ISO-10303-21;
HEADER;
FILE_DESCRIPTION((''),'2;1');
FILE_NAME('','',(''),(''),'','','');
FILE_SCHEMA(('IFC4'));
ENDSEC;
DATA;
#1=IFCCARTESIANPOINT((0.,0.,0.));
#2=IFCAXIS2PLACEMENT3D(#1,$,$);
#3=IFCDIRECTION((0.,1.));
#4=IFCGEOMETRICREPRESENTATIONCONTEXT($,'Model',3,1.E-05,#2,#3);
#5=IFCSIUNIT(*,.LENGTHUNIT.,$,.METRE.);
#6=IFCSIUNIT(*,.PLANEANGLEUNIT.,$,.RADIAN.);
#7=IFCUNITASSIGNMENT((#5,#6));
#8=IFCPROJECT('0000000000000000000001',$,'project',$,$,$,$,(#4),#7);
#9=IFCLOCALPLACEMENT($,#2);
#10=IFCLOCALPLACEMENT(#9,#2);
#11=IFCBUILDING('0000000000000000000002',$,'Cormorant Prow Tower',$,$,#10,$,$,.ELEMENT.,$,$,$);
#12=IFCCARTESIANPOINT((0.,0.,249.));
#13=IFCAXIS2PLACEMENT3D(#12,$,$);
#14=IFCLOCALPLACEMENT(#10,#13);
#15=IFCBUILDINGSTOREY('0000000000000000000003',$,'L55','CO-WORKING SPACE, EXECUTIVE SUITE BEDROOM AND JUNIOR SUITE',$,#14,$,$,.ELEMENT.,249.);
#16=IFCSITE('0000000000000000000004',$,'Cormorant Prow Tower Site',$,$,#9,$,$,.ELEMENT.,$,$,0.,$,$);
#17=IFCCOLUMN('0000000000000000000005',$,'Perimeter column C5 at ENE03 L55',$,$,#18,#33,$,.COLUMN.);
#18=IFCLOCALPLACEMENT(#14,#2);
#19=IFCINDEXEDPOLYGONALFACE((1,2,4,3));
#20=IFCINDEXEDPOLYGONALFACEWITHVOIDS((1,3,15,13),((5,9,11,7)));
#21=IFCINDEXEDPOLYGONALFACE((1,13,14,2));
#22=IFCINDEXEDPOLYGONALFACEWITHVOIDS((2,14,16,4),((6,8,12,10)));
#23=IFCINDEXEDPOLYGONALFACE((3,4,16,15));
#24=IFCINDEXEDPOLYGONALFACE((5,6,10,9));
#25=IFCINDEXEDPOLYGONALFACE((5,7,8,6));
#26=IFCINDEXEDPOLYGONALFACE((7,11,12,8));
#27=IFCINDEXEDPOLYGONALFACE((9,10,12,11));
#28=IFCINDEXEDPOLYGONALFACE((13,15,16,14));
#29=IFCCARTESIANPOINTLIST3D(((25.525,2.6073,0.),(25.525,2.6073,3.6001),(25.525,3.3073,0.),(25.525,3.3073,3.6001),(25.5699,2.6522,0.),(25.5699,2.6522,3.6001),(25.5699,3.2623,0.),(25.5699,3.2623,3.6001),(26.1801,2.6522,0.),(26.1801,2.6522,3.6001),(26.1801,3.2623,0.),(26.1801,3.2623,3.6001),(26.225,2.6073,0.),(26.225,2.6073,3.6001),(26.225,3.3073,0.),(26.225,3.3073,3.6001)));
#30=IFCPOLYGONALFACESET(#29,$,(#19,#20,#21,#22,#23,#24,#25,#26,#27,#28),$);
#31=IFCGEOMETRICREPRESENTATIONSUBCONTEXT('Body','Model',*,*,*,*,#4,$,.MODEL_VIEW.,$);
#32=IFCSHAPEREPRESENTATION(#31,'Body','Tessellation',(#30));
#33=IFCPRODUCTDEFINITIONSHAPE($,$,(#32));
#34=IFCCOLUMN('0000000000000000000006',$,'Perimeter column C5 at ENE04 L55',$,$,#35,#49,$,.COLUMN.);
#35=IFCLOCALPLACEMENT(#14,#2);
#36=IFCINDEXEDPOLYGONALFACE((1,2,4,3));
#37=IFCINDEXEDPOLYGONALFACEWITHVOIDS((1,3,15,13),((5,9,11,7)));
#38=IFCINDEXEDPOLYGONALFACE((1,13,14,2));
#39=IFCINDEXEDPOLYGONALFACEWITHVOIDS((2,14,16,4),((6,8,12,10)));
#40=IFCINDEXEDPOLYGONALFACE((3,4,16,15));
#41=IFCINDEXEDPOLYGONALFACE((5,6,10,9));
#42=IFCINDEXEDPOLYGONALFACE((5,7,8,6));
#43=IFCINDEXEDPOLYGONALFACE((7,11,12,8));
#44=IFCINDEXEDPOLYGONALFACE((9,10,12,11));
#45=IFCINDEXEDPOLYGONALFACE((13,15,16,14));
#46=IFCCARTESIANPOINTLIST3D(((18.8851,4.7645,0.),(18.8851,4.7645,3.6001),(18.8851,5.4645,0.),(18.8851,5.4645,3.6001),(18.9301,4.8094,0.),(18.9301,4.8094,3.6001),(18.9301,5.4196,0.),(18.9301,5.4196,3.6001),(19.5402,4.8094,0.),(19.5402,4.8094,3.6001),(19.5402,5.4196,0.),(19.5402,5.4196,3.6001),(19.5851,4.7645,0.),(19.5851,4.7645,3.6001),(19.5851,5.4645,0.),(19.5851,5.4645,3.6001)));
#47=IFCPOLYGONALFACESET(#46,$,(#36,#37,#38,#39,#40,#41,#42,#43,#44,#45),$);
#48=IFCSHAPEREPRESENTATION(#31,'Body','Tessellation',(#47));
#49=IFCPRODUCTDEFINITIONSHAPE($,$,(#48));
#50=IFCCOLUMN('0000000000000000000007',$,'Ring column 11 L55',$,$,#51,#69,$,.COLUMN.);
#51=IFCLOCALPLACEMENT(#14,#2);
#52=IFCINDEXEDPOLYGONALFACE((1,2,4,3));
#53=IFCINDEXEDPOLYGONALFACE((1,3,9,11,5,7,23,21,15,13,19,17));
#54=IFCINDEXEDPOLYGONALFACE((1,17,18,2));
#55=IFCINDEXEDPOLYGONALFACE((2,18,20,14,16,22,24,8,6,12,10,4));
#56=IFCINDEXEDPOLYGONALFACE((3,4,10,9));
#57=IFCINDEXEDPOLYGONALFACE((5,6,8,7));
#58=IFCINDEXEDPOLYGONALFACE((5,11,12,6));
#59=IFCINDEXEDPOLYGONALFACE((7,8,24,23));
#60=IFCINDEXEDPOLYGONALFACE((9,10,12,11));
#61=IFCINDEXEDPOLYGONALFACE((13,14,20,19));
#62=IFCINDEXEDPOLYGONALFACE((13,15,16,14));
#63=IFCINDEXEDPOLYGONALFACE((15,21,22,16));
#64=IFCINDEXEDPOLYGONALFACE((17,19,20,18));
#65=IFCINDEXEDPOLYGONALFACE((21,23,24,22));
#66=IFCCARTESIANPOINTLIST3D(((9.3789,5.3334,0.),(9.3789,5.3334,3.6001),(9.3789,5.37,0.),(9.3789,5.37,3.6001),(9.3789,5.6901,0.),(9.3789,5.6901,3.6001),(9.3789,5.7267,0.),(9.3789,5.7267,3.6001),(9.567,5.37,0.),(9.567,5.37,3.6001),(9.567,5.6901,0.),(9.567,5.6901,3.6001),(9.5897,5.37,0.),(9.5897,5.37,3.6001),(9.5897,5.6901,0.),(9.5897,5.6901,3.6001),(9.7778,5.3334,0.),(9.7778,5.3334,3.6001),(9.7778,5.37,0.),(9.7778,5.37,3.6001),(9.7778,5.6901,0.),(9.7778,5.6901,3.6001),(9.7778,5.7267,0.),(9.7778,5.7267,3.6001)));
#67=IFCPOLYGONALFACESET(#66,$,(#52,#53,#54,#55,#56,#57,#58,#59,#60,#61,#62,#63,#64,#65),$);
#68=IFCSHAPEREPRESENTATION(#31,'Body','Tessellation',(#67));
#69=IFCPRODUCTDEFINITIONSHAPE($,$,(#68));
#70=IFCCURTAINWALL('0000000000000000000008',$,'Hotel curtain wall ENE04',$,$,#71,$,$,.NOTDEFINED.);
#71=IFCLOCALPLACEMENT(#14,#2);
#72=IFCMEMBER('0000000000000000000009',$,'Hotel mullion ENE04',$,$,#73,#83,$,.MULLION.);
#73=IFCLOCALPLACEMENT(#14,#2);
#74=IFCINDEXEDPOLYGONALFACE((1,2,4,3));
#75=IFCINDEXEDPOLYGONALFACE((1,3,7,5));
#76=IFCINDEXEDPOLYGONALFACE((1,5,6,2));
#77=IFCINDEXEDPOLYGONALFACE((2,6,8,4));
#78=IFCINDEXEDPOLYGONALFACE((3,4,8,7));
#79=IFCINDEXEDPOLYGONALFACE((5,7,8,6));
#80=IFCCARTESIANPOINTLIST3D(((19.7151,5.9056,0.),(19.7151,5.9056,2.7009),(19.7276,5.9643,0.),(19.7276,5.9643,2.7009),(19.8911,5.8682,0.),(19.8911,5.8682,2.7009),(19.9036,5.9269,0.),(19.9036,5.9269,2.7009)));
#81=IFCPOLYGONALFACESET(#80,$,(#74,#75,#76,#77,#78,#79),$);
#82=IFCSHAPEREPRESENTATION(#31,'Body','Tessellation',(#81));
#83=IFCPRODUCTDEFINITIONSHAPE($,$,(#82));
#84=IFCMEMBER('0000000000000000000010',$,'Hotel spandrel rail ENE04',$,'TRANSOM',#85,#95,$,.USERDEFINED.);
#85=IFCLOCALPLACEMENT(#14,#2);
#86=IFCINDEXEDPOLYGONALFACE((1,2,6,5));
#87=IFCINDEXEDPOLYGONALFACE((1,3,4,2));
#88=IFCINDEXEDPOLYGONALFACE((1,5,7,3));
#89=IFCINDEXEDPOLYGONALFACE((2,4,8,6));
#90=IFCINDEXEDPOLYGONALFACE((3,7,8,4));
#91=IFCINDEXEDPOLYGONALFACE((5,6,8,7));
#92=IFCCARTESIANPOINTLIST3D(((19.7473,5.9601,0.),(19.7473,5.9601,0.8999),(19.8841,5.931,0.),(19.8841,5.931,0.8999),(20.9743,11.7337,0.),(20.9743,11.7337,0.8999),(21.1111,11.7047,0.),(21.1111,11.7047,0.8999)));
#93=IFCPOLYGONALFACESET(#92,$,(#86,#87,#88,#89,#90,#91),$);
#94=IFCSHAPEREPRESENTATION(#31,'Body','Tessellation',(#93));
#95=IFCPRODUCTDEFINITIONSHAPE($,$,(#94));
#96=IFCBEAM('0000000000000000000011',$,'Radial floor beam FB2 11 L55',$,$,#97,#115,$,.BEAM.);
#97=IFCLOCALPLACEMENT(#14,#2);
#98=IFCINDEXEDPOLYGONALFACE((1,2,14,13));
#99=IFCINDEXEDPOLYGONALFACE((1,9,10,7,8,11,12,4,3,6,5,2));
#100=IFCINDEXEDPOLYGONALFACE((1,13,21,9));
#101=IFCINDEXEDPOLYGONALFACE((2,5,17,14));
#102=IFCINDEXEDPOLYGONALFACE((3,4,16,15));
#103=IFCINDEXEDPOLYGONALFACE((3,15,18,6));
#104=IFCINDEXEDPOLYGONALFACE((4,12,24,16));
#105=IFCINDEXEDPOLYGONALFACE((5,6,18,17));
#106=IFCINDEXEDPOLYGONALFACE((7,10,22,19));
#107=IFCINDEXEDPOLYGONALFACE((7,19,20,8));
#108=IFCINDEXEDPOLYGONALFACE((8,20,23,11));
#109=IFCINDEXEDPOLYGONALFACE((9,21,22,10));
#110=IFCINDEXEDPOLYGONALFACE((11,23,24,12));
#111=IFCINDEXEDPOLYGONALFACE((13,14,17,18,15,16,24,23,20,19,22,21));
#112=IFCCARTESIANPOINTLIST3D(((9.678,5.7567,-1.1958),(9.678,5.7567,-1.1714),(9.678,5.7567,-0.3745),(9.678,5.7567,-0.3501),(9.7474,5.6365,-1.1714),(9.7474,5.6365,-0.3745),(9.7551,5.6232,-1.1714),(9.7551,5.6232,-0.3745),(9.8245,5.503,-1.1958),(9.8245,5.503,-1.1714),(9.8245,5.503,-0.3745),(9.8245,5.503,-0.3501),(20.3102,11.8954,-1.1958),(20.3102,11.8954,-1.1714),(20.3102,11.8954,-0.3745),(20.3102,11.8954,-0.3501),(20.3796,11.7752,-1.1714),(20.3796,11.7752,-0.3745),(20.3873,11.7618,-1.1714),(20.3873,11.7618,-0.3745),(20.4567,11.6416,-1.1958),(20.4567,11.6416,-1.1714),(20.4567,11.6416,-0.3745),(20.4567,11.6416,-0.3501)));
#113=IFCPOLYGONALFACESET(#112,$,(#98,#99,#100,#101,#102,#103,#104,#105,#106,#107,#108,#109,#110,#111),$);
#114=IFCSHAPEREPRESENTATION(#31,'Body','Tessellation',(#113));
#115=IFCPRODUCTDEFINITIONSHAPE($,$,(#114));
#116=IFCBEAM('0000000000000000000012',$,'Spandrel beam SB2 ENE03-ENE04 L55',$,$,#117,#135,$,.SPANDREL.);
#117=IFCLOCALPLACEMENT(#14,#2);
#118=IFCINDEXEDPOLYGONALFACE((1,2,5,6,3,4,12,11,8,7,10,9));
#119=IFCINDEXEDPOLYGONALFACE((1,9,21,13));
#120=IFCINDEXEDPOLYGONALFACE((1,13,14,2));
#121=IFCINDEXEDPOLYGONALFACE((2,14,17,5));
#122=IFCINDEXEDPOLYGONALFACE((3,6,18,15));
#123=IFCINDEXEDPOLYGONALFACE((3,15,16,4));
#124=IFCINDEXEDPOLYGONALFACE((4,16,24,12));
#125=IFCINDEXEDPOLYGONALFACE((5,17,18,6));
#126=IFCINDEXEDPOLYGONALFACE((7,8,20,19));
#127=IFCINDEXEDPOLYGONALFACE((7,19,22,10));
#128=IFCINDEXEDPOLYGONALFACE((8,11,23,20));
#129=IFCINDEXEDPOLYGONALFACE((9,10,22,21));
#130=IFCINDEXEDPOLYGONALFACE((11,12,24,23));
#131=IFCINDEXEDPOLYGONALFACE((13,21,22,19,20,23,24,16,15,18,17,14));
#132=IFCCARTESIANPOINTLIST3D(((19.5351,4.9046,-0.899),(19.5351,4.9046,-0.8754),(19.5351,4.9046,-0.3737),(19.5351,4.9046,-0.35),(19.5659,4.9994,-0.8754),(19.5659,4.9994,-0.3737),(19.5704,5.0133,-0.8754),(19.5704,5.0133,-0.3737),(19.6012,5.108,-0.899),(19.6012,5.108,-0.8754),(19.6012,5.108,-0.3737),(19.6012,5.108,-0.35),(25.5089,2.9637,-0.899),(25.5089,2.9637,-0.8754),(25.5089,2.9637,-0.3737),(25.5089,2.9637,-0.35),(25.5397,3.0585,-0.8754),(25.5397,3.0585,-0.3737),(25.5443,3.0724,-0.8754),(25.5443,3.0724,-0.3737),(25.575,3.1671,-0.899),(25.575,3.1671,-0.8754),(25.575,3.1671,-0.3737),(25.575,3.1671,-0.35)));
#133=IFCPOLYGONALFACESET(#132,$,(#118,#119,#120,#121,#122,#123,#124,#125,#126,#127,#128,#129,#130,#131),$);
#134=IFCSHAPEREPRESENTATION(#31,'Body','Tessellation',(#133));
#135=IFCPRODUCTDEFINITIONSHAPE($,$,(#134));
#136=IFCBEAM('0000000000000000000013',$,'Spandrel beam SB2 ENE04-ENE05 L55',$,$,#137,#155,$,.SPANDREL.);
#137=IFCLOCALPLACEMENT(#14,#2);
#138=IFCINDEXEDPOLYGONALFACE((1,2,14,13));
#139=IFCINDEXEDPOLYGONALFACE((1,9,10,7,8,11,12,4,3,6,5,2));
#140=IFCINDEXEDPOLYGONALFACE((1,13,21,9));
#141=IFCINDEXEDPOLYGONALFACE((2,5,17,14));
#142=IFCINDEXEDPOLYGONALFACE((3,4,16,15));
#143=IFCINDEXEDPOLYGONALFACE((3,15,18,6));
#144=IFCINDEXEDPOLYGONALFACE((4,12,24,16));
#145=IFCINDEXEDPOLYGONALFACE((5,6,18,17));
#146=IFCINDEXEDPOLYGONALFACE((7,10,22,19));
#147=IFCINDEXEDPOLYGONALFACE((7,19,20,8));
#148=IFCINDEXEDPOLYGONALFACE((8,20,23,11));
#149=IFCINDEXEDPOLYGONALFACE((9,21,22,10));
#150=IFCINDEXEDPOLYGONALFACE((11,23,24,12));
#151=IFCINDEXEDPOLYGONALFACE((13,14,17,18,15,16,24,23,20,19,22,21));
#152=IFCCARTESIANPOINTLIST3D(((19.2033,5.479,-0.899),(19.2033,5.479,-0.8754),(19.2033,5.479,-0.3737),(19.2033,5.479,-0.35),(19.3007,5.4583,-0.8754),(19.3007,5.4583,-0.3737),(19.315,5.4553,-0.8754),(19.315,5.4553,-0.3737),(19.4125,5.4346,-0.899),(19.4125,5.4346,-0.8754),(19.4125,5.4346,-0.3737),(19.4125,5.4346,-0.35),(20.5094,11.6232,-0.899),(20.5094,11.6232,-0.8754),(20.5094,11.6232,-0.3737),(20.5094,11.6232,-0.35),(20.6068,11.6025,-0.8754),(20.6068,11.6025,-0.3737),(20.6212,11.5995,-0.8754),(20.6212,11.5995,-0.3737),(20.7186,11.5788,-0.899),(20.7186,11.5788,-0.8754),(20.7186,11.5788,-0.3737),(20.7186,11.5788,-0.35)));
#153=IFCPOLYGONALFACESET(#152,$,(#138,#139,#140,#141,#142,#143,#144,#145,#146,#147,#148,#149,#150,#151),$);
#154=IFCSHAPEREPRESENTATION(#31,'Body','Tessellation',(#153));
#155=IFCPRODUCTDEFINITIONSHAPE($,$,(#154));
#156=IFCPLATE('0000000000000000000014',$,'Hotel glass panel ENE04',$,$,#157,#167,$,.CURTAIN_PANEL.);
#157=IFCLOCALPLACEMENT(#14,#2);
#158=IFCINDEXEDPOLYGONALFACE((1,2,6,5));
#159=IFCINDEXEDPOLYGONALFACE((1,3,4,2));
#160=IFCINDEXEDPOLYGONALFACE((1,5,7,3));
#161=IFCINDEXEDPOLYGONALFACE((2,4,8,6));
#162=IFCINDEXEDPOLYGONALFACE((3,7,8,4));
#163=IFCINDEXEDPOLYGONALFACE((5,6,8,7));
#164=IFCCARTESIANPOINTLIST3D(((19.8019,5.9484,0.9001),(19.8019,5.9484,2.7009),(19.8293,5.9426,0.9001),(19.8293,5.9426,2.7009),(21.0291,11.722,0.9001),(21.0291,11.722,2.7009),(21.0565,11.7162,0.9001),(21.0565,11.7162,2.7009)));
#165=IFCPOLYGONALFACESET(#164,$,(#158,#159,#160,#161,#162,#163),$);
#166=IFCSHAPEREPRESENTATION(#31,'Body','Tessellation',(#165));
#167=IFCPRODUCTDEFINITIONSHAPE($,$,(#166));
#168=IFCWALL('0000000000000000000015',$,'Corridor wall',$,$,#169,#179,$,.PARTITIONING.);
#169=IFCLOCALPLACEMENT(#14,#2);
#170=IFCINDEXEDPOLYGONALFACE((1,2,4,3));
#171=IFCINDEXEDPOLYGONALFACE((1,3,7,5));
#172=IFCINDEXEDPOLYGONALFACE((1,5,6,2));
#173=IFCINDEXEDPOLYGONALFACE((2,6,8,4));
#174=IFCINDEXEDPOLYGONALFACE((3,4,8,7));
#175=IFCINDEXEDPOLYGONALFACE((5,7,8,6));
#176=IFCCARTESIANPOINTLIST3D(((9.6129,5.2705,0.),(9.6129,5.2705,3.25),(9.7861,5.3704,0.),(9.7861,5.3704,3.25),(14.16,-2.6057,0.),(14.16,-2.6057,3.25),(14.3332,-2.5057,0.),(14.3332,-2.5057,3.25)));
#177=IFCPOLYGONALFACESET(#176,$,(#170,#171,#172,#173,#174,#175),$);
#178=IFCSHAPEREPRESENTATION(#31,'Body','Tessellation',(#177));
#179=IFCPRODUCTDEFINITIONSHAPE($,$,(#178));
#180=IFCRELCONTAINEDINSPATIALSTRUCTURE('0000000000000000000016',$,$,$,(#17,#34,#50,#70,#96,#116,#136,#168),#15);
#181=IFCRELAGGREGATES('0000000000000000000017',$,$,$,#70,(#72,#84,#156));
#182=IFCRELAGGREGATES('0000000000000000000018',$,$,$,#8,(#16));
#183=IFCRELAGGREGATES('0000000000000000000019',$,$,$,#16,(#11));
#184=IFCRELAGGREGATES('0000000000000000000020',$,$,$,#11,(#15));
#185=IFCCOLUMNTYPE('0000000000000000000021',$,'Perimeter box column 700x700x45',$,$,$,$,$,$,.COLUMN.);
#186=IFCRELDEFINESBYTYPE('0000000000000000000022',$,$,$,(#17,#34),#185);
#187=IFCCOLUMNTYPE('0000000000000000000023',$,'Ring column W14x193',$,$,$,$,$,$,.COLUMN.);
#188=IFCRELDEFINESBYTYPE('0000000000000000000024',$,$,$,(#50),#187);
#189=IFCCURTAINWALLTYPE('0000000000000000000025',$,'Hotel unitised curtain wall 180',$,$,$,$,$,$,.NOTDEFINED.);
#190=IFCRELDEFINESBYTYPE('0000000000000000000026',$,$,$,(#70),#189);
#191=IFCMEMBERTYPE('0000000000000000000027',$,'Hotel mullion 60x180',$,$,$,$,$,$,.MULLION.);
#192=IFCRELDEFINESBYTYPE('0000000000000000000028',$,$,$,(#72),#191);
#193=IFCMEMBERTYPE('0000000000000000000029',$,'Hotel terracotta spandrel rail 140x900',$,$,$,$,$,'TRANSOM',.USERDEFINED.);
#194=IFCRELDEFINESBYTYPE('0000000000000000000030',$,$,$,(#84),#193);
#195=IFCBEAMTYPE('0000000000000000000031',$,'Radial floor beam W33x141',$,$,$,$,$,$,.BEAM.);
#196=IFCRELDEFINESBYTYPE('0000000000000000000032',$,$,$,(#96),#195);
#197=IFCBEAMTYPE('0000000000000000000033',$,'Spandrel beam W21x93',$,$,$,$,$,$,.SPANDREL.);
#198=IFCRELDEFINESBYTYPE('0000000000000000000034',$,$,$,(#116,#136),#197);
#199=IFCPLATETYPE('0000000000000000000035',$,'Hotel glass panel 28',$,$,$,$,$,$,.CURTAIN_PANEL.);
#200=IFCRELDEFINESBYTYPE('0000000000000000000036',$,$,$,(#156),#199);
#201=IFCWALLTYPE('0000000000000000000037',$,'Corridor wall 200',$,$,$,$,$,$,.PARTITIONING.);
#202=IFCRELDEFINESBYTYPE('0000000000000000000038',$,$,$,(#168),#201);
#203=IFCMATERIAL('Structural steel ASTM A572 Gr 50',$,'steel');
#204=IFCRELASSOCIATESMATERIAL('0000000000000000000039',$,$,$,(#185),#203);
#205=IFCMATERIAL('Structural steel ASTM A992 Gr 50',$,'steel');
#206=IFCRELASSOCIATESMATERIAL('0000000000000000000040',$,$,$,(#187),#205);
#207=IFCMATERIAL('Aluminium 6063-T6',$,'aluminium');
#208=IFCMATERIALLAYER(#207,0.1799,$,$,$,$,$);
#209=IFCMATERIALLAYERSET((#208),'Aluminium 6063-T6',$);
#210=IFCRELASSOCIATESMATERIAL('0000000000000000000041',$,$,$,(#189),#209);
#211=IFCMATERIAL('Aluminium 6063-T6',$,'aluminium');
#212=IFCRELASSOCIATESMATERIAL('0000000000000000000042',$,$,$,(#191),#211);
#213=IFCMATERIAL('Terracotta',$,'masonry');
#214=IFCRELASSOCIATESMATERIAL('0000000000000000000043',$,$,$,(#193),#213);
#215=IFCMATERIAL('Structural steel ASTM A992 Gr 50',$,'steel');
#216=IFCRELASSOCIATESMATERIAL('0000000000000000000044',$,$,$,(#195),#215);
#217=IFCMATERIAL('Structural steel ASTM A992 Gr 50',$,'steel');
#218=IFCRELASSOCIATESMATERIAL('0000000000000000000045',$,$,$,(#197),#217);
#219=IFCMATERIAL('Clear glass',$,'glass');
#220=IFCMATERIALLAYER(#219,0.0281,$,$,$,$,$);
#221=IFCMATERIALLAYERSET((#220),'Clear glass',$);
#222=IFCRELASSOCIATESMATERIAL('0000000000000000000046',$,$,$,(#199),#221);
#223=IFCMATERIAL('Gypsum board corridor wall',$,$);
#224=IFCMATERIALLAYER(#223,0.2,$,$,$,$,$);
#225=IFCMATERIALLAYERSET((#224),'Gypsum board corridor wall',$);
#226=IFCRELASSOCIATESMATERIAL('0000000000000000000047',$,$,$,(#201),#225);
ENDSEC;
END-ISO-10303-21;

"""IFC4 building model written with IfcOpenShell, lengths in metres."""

from ifc_helpers import new_model, si_unit, direction, frame, frame_2d, origin, origin_2d, place, context, subcontext, project, spatial, rectangle, hollow_rectangle, i_section, extrude, material, layer, layer_set, material_profile, profile_set, type_object, element, aggregate, save


model = new_model("IFC4")

# Units and contexts
model_context = context("Model", 3, precision=1e-05, world=origin(), true_north=direction((0.0, 1.0)))
body_context = subcontext(model_context, "Body", "Model", "MODEL_VIEW")
ifc_project = project(units=[si_unit("LENGTHUNIT", "METRE"), si_unit("PLANEANGLEUNIT", "RADIAN")], contexts=[model_context])

# Site, building, storey
site_placement = place(None, origin())
site = spatial("IfcSite", under=ifc_project, at=site_placement, Name="Cormorant Prow Tower Site", CompositionType="ELEMENT", RefElevation=0.0)
building_placement = place(site_placement, origin())
building = spatial("IfcBuilding", under=site, at=building_placement, Name="Cormorant Prow Tower", CompositionType="ELEMENT")
storey_placement = place(building_placement, frame((0.0, 0.0, 249.0)))
storey = spatial("IfcBuildingStorey", under=building, at=storey_placement, Name="L55", Description="CO-WORKING SPACE, EXECUTIVE SUITE BEDROOM AND JUNIOR SUITE", CompositionType="ELEMENT", Elevation=249.0)

# Columns
ifc_material_1 = material(Name="Structural steel ASTM A572 Gr 50", Category="steel")
ifc_material_profile_1 = material_profile(ifc_material_1, hollow_rectangle(XDim=0.7, YDim=0.7, WallThickness=0.0449, at=origin_2d()), Name="Box 700x700x45")
ifc_profile_set_1 = profile_set([ifc_material_profile_1], Name="Structural steel ASTM A572 Gr 50")
column_type_1 = type_object("IfcColumnType", Name="Perimeter box column 700x700x45", PredefinedType="COLUMN", material=ifc_profile_set_1)
for number, where, z_axis, x_axis, name in (
    (1, (25.875, 2.9573, 0.0), (0.0, 0.0, 1.0), (1.0, 0.0, 0.0), "Perimeter column C5 at ENE03 L55"),
    (2, (19.2351, 5.1145, 0.0), (0.0, 0.0, 1.0), (1.0, 0.0, 0.0), "Perimeter column C5 at ENE04 L55"),
):
    element("IfcColumn", number, at=place(storey_placement, frame(where, z_axis=z_axis, x_axis=x_axis)), inside=storey, type_object=column_type_1, Name=name, PredefinedType="COLUMN", context=body_context, shape_type="SweptSolid", body=[
        extrude(hollow_rectangle(XDim=0.7, YDim=0.7, WallThickness=0.0449, at=origin_2d()), origin(), (0.0, 0.0, 1.0), 3.6001),
    ])
ifc_material_2 = material(Name="Structural steel ASTM A992 Gr 50", Category="steel")
ifc_material_profile_2 = material_profile(ifc_material_2, i_section(OverallWidth=0.3989, OverallDepth=0.3933, WebThickness=0.0227, FlangeThickness=0.0366, at=origin_2d()), Name="W14x193")
ifc_profile_set_2 = profile_set([ifc_material_profile_2], Name="Structural steel ASTM A992 Gr 50")
column_type_2 = type_object("IfcColumnType", Name="Ring column W14x193", PredefinedType="COLUMN", material=ifc_profile_set_2)
column_placement = place(storey_placement, frame((9.5784, 5.53, 0.0), z_axis=(0.0, 0.0, 1.0), x_axis=(1.0, 0.0, 0.0)))
element("IfcColumn", 3, at=column_placement, inside=storey, type_object=column_type_2, Name="Ring column 11 L55", PredefinedType="COLUMN", context=body_context, shape_type="SweptSolid", body=[
    extrude(i_section(OverallWidth=0.3989, OverallDepth=0.3933, WebThickness=0.0227, FlangeThickness=0.0366, at=origin_2d()), origin(), (0.0, 0.0, 1.0), 3.6001),
])

# Curtain wall, members
ifc_material_3 = material(Name="Aluminium 6063-T6", Category="aluminium")
ifc_layer_1 = layer(ifc_material_3, 0.1799)
ifc_layer_set_1 = layer_set([ifc_layer_1], Name="Aluminium 6063-T6")
curtain_wall_type = type_object("IfcCurtainWallType", Name="Hotel unitised curtain wall 180", PredefinedType="NOTDEFINED", material=ifc_layer_set_1)
curtain_wall_placement = place(storey_placement, origin())
curtain_wall = element("IfcCurtainWall", 4, at=curtain_wall_placement, inside=storey, type_object=curtain_wall_type, Name="Hotel curtain wall ENE04", PredefinedType="NOTDEFINED")
ifc_material_4 = material(Name="Aluminium 6063-T6", Category="aluminium")
ifc_material_profile_3 = material_profile(ifc_material_4, rectangle(XDim=0.1799, YDim=0.0601, at=origin_2d()), Name="Hotel mullion 60x180")
ifc_profile_set_3 = profile_set([ifc_material_profile_3], Name="Aluminium 6063-T6")
member_type_1 = type_object("IfcMemberType", Name="Hotel mullion 60x180", PredefinedType="MULLION", material=ifc_profile_set_3)
member_1_placement = place(storey_placement, frame((19.8093, 5.9163, 0.0), z_axis=(0.0, 0.0, 1.0), x_axis=(-0.978148, 0.207912, 0.0)))
member_1 = element("IfcMember", 5, at=member_1_placement, type_object=member_type_1, Name="Hotel mullion ENE04", PredefinedType="MULLION", context=body_context, shape_type="SweptSolid", body=[
    extrude(rectangle(XDim=0.1799, YDim=0.0601, at=origin_2d()), origin(), (0.0, 0.0, 1.0), 2.7009),
])
ifc_material_5 = material(Name="Terracotta", Category="masonry")
ifc_material_profile_4 = material_profile(ifc_material_5, rectangle(XDim=0.1399, YDim=0.8999, at=origin_2d()), Name="Hotel terracotta spandrel rail 140x900")
ifc_profile_set_4 = profile_set([ifc_material_profile_4], Name="Terracotta")
member_type_2 = type_object("IfcMemberType", Name="Hotel terracotta spandrel rail 140x900", ElementType="TRANSOM", PredefinedType="USERDEFINED", material=ifc_profile_set_4)
member_2_placement = place(storey_placement, frame((19.8157, 5.9456, 0.45), z_axis=(0.207882, 0.978154, 0.0), x_axis=(-0.978154, 0.207882, 0.0)))
member_2 = element("IfcMember", 6, at=member_2_placement, type_object=member_type_2, Name="Hotel spandrel rail ENE04", ObjectType="TRANSOM", PredefinedType="USERDEFINED", context=body_context, shape_type="SweptSolid", body=[
    extrude(rectangle(XDim=0.1399, YDim=0.8999, at=origin_2d()), origin(), (0.0, 0.0, 1.0), 5.9026),
])

# Beams
ifc_material_6 = material(Name="Structural steel ASTM A992 Gr 50", Category="steel")
ifc_material_profile_5 = material_profile(ifc_material_6, i_section(OverallWidth=0.293, OverallDepth=0.8457, WebThickness=0.0154, FlangeThickness=0.0244, at=origin_2d()), Name="W33x141")
ifc_profile_set_5 = profile_set([ifc_material_profile_5], Name="Structural steel ASTM A992 Gr 50")
beam_type_1 = type_object("IfcBeamType", Name="Radial floor beam W33x141", PredefinedType="BEAM", material=ifc_profile_set_5)
beam_1_placement = place(storey_placement, frame((9.7512, 5.6299, -0.7729), z_axis=(0.866022, 0.500006, 0.0), x_axis=(-0.500006, 0.866022, 0.0)))
element("IfcBeam", 7, at=beam_1_placement, inside=storey, type_object=beam_type_1, Name="Radial floor beam FB2 11 L55", PredefinedType="BEAM", context=body_context, shape_type="SweptSolid", body=[
    extrude(i_section(OverallWidth=0.293, OverallDepth=0.8457, WebThickness=0.0154, FlangeThickness=0.0244, at=origin_2d()), origin(), (0.0, 0.0, 1.0), 12.2771),
])
ifc_material_7 = material(Name="Structural steel ASTM A992 Gr 50", Category="steel")
ifc_material_profile_6 = material_profile(ifc_material_7, i_section(OverallWidth=0.2139, OverallDepth=0.5491, WebThickness=0.0146, FlangeThickness=0.0237, at=origin_2d()), Name="W21x93")
ifc_profile_set_6 = profile_set([ifc_material_profile_6], Name="Structural steel ASTM A992 Gr 50")
beam_type_2 = type_object("IfcBeamType", Name="Spandrel beam W21x93", PredefinedType="SPANDREL", material=ifc_profile_set_6)
beam_2_placement = place(storey_placement, frame((25.542, 3.0654, -0.6245), z_axis=(-0.951062, 0.309001, 0.0), x_axis=(-0.309001, -0.951062, 0.0)))
element("IfcBeam", 8, at=beam_2_placement, inside=storey, type_object=beam_type_2, Name="Spandrel beam SB2 ENE03-ENE04 L55", PredefinedType="SPANDREL", context=body_context, shape_type="SweptSolid", body=[
    extrude(i_section(OverallWidth=0.2139, OverallDepth=0.5491, WebThickness=0.0146, FlangeThickness=0.0237, at=origin_2d()), origin(), (0.0, 0.0, 1.0), 6.2812),
])
beam_3_placement = place(storey_placement, frame((19.3079, 5.4568, -0.6245), z_axis=(0.207934, 0.978143, 0.0), x_axis=(-0.978143, 0.207934, 0.0)))
element("IfcBeam", 9, at=beam_3_placement, inside=storey, type_object=beam_type_2, Name="Spandrel beam SB2 ENE04-ENE05 L55", PredefinedType="SPANDREL", context=body_context, shape_type="SweptSolid", body=[
    extrude(i_section(OverallWidth=0.2139, OverallDepth=0.5491, WebThickness=0.0146, FlangeThickness=0.0237, at=origin_2d()), origin(), (0.0, 0.0, 1.0), 6.2815),
])

# Plate
ifc_material_8 = material(Name="Clear glass", Category="glass")
ifc_layer_2 = layer(ifc_material_8, 0.0281)
ifc_layer_set_2 = layer_set([ifc_layer_2], Name="Clear glass")
plate_type = type_object("IfcPlateType", Name="Hotel glass panel 28", PredefinedType="CURTAIN_PANEL", material=ifc_layer_set_2)
plate_placement = place(storey_placement, frame((20.4292, 8.8323, 0.9001), z_axis=(0.0, 0.0, 1.0), x_axis=(0.207912, 0.978148, 0.0)))
plate = element("IfcPlate", 10, at=plate_placement, type_object=plate_type, Name="Hotel glass panel ENE04", PredefinedType="CURTAIN_PANEL", context=body_context, shape_type="SweptSolid", body=[
    extrude(rectangle(XDim=5.9026, YDim=0.0281, at=origin_2d()), origin(), (0.0, 0.0, 1.0), 1.8008),
])
aggregate(curtain_wall, [member_1, member_2, plate])

# Wall
ifc_material_9 = material(Name="Gypsum board corridor wall")
ifc_layer_3 = layer(ifc_material_9, 0.2)
ifc_layer_set_3 = layer_set([ifc_layer_3], Name="Gypsum board corridor wall")
wall_type_1 = type_object("IfcWallType", Name="Corridor wall 200", PredefinedType="PARTITIONING", material=ifc_layer_set_3)
wall_1_placement = place(storey_placement, frame((9.6995, 5.3206, 0.0), z_axis=(0.0, 0.0, 1.0), x_axis=(0.499982, -0.866036, 0.0)))
element("IfcWall", 11, at=wall_1_placement, inside=storey, type_object=wall_type_1, Name="Corridor wall", PredefinedType="PARTITIONING", context=body_context, shape_type="SweptSolid", body=[
    extrude(rectangle(XDim=9.0945, YDim=0.2, at=frame_2d((4.5474, 0.0))), origin(), (0.0, 0.0, 1.0), 3.25),
])

save(model, "model.ifc")
